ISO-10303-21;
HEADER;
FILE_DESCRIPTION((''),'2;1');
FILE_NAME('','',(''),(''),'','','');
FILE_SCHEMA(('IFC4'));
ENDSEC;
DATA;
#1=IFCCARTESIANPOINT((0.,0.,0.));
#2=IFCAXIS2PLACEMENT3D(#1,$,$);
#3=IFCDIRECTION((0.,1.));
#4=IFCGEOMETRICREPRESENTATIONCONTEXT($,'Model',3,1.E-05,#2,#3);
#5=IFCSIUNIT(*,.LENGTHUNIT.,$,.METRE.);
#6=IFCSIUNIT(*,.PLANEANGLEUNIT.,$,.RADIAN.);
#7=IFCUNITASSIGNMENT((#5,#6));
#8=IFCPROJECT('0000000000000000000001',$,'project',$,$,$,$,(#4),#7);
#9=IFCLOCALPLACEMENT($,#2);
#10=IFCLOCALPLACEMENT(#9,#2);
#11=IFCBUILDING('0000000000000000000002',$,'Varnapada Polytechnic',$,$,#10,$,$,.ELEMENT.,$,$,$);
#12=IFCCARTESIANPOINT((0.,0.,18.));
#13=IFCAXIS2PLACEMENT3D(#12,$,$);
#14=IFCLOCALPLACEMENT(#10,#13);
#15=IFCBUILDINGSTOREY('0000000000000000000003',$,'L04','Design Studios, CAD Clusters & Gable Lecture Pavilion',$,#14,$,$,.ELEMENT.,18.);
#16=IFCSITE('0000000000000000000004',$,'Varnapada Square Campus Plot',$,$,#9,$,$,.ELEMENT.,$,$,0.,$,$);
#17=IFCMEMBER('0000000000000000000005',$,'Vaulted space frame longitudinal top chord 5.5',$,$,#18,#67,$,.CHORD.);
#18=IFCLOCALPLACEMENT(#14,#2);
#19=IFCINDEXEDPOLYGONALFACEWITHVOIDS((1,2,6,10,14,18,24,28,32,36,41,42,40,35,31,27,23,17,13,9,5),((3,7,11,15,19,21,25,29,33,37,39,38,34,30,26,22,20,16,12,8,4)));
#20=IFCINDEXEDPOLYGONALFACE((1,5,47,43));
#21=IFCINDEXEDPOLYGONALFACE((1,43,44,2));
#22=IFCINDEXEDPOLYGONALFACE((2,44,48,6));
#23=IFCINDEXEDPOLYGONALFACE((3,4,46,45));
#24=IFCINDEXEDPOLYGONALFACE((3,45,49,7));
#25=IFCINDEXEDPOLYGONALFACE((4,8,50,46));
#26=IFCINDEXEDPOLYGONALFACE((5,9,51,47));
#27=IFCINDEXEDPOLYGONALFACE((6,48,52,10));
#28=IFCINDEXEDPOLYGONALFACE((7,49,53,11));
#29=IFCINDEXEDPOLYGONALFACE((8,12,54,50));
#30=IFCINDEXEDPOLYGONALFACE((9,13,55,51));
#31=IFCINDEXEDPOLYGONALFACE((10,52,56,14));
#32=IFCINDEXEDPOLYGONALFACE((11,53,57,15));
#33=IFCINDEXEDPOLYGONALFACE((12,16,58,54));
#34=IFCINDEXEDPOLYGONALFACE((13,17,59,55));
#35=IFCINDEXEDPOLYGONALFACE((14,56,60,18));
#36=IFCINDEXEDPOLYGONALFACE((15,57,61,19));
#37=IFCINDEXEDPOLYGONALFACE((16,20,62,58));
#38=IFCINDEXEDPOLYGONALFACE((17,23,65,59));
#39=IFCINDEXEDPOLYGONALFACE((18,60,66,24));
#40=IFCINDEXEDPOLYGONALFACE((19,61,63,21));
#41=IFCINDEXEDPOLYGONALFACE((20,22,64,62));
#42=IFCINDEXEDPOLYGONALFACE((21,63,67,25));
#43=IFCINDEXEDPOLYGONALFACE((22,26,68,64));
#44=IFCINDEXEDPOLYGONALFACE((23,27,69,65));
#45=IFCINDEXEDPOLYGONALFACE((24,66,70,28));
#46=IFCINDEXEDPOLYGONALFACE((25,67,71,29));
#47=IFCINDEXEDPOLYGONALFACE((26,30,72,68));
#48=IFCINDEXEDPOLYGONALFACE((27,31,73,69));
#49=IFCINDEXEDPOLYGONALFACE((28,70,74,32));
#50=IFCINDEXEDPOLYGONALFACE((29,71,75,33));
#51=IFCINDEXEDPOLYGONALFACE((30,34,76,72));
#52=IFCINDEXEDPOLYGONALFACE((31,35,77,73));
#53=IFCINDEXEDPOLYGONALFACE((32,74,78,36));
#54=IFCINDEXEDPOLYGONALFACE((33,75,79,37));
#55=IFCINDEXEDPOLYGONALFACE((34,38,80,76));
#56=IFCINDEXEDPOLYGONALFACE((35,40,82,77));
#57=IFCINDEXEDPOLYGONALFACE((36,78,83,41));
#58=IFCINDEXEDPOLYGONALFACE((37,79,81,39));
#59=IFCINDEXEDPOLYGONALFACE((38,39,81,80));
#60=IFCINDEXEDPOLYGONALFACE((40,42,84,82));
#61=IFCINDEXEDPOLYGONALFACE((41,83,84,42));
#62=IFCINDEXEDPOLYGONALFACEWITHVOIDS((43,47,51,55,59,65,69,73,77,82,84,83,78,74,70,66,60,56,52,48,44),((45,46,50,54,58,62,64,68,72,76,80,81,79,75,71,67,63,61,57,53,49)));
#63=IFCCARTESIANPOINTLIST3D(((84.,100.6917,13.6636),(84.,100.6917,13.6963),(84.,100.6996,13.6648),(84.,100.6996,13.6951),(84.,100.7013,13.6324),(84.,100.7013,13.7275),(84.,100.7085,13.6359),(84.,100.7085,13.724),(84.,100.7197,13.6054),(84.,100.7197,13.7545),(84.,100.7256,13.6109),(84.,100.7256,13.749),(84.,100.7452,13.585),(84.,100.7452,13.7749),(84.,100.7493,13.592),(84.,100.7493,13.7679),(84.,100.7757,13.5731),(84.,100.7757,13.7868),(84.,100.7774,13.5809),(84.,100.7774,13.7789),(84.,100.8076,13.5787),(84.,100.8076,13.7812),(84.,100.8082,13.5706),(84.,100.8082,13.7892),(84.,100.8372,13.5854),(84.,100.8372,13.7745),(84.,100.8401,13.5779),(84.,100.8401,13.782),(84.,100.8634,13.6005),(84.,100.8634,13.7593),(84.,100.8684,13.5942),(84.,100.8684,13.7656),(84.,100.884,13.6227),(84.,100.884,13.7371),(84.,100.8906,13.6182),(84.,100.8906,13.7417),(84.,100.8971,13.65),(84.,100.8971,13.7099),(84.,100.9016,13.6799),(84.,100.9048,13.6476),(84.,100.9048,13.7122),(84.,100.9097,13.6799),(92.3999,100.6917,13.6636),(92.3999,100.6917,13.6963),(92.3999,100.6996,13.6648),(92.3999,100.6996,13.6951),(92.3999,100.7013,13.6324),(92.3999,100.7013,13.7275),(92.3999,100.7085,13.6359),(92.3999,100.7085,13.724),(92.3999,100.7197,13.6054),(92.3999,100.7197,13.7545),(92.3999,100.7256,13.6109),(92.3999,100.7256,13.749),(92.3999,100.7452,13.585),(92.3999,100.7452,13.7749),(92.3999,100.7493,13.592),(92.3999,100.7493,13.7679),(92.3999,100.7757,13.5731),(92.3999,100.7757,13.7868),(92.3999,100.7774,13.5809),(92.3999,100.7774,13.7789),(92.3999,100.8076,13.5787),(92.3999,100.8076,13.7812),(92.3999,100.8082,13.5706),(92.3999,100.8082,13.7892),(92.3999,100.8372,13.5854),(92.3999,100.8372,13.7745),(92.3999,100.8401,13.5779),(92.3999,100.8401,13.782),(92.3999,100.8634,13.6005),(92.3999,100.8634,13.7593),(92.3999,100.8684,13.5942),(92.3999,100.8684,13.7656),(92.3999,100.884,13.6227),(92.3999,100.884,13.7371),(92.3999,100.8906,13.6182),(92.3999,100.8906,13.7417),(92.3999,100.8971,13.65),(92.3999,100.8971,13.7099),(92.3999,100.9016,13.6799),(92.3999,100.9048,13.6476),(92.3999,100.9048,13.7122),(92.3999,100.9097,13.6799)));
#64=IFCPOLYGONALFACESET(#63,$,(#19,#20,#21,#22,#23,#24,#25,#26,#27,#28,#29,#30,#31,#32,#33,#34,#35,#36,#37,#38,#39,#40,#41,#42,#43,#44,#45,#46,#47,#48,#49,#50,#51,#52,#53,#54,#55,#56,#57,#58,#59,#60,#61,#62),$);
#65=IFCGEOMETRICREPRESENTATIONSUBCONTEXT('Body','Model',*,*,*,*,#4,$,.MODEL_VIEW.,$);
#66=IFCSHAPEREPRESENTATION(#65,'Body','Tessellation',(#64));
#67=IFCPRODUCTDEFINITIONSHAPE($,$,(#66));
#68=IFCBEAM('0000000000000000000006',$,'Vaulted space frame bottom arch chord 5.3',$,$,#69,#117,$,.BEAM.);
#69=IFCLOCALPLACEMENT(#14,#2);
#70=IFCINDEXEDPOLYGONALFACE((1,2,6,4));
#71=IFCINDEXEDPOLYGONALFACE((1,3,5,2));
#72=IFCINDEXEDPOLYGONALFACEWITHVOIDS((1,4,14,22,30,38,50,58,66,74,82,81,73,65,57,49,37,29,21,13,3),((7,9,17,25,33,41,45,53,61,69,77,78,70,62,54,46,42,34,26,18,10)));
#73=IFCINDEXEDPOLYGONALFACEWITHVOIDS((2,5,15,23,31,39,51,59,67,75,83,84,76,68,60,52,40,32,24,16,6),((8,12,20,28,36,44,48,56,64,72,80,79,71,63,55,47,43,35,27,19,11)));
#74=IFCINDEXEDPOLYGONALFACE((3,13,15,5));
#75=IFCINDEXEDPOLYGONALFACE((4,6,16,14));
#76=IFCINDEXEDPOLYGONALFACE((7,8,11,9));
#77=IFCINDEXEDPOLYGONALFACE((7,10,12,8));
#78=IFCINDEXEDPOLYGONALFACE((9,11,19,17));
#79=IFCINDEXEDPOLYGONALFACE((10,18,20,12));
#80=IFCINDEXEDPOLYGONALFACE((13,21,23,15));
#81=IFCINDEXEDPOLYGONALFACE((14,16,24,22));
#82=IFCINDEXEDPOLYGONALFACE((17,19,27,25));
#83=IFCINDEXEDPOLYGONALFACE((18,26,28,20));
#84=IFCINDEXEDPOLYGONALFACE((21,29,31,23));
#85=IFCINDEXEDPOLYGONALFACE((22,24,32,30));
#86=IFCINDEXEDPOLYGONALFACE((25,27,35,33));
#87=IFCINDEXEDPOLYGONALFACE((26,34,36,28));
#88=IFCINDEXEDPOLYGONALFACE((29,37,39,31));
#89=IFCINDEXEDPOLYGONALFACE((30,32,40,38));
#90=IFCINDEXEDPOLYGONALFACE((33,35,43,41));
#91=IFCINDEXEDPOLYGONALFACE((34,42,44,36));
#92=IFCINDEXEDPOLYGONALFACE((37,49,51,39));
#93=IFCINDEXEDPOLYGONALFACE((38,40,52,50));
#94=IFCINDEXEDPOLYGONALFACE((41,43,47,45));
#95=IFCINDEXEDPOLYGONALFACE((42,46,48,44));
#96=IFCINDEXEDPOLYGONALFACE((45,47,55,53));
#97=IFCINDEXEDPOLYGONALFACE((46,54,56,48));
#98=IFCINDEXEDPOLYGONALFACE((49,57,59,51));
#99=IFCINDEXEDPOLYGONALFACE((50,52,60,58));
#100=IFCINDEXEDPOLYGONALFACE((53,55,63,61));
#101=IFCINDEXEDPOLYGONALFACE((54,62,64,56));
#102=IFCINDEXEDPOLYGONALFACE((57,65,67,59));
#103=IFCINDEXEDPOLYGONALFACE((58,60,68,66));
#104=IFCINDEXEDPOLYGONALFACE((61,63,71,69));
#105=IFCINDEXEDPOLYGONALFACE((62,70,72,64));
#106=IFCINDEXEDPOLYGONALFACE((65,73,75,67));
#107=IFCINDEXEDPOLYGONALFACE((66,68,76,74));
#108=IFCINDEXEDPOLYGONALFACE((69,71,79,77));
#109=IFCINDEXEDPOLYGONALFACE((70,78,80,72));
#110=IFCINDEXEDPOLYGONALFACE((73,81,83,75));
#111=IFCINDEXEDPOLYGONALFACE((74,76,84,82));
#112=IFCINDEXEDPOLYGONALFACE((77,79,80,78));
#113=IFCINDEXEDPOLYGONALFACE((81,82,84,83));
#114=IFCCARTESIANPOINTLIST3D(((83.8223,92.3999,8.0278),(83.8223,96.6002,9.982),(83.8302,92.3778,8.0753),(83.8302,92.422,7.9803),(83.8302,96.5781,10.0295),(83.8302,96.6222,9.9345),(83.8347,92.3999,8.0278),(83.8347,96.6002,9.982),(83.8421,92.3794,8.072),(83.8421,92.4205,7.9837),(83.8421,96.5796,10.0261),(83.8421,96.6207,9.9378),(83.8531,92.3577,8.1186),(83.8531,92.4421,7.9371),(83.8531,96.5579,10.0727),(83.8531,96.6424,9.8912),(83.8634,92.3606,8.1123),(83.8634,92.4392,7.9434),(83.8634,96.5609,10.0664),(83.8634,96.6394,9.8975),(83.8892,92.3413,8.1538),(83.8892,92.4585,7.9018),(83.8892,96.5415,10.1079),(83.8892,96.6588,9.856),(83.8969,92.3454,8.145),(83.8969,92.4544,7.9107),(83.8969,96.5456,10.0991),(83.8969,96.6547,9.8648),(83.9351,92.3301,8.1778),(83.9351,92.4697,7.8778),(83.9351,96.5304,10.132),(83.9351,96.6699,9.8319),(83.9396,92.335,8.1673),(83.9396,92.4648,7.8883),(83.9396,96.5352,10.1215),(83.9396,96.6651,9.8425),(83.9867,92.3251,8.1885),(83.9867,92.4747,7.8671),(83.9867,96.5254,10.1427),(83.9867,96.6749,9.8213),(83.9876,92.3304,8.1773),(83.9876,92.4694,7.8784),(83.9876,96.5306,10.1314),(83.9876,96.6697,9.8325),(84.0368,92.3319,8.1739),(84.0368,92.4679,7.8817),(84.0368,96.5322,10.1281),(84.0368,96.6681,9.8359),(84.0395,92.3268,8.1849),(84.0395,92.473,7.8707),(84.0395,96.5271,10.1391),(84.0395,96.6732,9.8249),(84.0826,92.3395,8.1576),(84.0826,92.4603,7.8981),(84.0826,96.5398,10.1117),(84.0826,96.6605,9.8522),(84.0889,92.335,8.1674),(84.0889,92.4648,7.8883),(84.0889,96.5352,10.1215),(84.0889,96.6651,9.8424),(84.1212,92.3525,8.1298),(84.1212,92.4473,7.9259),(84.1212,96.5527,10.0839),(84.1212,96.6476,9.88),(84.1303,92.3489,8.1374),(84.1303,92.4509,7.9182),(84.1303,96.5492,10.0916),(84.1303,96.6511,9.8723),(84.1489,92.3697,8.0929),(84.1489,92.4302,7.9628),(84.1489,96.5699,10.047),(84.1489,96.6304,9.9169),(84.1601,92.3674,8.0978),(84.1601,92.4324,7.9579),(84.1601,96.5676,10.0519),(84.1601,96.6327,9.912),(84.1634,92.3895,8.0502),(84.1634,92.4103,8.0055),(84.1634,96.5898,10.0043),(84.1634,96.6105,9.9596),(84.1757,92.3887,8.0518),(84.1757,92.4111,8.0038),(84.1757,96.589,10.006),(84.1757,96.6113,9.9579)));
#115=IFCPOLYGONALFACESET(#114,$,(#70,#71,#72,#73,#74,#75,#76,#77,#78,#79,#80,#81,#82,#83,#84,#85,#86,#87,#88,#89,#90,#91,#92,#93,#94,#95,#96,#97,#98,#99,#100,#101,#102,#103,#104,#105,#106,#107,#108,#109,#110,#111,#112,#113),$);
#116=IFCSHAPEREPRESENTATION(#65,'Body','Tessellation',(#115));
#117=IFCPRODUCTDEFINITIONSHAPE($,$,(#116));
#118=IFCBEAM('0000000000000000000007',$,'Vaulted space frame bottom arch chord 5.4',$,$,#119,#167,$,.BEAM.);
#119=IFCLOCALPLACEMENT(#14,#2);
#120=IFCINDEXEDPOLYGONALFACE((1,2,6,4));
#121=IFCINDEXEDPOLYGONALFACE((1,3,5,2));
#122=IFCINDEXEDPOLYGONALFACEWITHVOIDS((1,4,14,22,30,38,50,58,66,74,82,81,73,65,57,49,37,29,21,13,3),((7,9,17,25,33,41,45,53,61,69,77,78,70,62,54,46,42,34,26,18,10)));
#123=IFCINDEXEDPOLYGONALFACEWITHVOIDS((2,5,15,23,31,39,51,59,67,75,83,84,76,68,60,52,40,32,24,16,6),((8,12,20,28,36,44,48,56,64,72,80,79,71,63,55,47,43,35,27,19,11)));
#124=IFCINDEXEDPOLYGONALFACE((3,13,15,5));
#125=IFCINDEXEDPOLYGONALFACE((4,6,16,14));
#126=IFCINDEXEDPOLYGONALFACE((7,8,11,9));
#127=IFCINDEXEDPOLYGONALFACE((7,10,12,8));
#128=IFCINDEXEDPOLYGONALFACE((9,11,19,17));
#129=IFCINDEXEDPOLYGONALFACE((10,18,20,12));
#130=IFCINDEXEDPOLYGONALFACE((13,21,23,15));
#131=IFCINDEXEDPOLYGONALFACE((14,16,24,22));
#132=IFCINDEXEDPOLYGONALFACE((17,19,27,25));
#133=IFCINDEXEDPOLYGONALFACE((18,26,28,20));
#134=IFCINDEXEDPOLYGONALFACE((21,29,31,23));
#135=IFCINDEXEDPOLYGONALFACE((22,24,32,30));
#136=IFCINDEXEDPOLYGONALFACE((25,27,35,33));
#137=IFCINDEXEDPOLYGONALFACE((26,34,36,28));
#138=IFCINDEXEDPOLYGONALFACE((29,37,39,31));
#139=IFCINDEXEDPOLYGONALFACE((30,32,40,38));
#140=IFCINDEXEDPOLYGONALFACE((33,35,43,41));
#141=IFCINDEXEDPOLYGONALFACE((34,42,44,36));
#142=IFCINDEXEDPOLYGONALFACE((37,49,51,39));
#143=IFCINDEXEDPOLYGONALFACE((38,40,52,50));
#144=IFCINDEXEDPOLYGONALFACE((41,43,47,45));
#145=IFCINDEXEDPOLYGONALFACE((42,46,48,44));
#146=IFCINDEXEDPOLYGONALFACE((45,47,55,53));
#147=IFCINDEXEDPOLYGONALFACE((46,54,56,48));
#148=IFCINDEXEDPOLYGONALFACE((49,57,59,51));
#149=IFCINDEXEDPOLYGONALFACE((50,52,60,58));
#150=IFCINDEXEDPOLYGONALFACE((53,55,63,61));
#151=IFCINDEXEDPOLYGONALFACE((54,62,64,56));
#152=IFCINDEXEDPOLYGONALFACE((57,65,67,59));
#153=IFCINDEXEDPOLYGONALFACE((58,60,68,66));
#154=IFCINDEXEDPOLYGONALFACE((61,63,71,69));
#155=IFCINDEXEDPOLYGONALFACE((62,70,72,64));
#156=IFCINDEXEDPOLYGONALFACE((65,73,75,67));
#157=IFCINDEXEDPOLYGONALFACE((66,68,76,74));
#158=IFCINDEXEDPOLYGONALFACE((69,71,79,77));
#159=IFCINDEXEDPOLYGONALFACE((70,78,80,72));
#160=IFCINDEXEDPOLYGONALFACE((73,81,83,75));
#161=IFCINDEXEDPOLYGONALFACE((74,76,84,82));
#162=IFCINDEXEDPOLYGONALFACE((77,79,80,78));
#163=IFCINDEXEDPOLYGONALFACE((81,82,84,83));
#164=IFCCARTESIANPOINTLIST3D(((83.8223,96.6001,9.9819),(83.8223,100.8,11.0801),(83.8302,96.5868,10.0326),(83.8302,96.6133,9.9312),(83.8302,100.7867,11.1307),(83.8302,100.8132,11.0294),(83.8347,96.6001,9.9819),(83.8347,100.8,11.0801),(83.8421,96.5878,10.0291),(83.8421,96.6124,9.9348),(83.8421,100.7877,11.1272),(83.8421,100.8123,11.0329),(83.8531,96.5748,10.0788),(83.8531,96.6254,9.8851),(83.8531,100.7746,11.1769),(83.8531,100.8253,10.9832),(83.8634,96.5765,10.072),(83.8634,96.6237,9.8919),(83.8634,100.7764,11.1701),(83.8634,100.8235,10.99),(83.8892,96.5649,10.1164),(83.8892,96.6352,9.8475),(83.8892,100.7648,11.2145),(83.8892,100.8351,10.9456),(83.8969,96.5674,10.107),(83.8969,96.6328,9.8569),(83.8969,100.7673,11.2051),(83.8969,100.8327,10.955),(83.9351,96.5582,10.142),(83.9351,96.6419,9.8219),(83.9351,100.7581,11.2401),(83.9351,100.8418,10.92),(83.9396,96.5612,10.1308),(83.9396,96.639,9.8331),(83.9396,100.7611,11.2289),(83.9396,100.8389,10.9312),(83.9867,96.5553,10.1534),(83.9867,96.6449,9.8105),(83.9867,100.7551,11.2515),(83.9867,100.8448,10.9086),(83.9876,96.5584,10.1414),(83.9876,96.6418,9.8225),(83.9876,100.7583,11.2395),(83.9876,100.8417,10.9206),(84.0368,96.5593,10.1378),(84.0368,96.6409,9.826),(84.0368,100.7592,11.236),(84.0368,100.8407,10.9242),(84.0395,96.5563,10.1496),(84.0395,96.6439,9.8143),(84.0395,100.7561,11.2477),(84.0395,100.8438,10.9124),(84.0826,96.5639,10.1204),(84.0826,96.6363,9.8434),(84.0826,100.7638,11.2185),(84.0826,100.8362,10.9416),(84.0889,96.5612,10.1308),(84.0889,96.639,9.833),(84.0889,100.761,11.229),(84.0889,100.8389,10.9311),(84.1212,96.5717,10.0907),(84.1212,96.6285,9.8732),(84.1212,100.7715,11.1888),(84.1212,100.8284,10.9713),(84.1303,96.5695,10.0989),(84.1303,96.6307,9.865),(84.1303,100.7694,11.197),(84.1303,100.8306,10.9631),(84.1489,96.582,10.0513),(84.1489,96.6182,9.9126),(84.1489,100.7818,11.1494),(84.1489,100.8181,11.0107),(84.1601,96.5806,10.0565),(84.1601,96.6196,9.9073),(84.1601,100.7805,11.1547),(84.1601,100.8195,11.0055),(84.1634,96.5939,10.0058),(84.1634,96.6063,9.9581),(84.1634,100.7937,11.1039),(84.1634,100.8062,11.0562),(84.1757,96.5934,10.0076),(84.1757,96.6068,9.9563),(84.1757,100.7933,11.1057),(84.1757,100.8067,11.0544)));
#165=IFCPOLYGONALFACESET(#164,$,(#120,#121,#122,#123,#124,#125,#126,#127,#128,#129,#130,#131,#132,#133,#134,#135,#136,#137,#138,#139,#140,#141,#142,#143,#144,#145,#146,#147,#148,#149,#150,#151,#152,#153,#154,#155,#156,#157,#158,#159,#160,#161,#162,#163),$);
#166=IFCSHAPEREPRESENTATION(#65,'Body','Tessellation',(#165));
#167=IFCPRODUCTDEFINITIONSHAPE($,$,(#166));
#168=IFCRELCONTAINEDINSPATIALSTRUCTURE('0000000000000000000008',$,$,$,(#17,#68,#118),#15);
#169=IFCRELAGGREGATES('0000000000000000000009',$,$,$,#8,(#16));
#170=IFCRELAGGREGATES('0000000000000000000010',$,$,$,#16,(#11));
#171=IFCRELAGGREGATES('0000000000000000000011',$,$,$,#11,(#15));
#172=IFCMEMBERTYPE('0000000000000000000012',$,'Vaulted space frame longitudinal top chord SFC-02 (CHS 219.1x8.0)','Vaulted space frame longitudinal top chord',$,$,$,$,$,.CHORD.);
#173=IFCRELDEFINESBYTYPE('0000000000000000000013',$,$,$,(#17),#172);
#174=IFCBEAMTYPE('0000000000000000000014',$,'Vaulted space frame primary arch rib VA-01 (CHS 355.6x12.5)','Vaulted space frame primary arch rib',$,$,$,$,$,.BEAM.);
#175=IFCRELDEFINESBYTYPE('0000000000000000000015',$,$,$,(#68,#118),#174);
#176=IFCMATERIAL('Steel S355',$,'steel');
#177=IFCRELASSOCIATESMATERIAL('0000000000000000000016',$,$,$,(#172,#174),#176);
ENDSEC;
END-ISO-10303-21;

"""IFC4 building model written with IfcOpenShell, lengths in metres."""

from ifc_helpers import new_model, si_unit, direction, frame, origin, origin_2d, place, context, subcontext, project, spatial, hollow_circle, extrude, material, material_profile, profile_set, type_object, element, save


model = new_model("IFC4")

# Units and contexts
model_context = context("Model", 3, precision=1e-05, world=origin(), true_north=direction((0.0, 1.0)))
body_context = subcontext(model_context, "Body", "Model", "MODEL_VIEW")
ifc_project = project(units=[si_unit("LENGTHUNIT", "METRE"), si_unit("PLANEANGLEUNIT", "RADIAN")], contexts=[model_context])

# Site, building, storey
site_placement = place(None, origin())
site = spatial("IfcSite", under=ifc_project, at=site_placement, Name="Varnapada Square Campus Plot", CompositionType="ELEMENT", RefElevation=0.0)
building_placement = place(site_placement, origin())
building = spatial("IfcBuilding", under=site, at=building_placement, Name="Varnapada Polytechnic", CompositionType="ELEMENT")
storey_placement = place(building_placement, frame((0.0, 0.0, 18.0)))
storey = spatial("IfcBuildingStorey", under=building, at=storey_placement, Name="L04", Description="Design Studios, CAD Clusters & Gable Lecture Pavilion", CompositionType="ELEMENT", Elevation=18.0)

# Member
ifc_material = material(Name="Steel S355", Category="steel")
ifc_material_profile_1 = material_profile(ifc_material, hollow_circle(Radius=0.1096, WallThickness=0.0081, at=origin_2d()), Name="CHS 219.1x8.0")
ifc_profile_set_1 = profile_set([ifc_material_profile_1], Name="Steel S355")
member_type_1 = type_object("IfcMemberType", Name="Vaulted space frame longitudinal top chord SFC-02 (CHS 219.1x8.0)", Description="Vaulted space frame longitudinal top chord", PredefinedType="CHORD", material=ifc_profile_set_1)
for number, where, z_axis, x_axis, name in (
    (1, (84.0, 100.8, 13.6799), (1.0, 0.0, 0.0), (0.0, 1.0, 0.0), "Vaulted space frame longitudinal top chord 5.5"),
):
    element("IfcMember", number, at=place(storey_placement, frame(where, z_axis=z_axis, x_axis=x_axis)), inside=storey, type_object=member_type_1, Name=name, PredefinedType="CHORD", context=body_context, shape_type="SweptSolid", body=[
        extrude(hollow_circle(Radius=0.1096, WallThickness=0.0081, at=origin_2d()), origin(), (0.0, 0.0, 1.0), 8.3999),
    ])

# Beams
ifc_material_profile_2 = material_profile(ifc_material, hollow_circle(Radius=0.1777, WallThickness=0.0125, at=origin_2d()), Name="CHS 355.6x12.5")
ifc_profile_set_2 = profile_set([ifc_material_profile_2], Name="Steel S355")
beam_type_1 = type_object("IfcBeamType", Name="Vaulted space frame primary arch rib VA-01 (CHS 355.6x12.5)", Description="Vaulted space frame primary arch rib", PredefinedType="BEAM", material=ifc_profile_set_2)
beam_1_placement = place(storey_placement, frame((84.0, 92.3999, 8.0278), z_axis=(0.0, 0.906678, 0.421823), x_axis=(-1.0, 0.0, 0.0)))
element("IfcBeam", 2, at=beam_1_placement, inside=storey, type_object=beam_type_1, Name="Vaulted space frame bottom arch chord 5.3", PredefinedType="BEAM", context=body_context, shape_type="SweptSolid", body=[
    extrude(hollow_circle(Radius=0.1777, WallThickness=0.0125, at=origin_2d()), origin(), (0.0, 0.0, 1.0), 4.6326),
])
beam_2_placement = place(storey_placement, frame((84.0, 96.6001, 9.9819), z_axis=(0.0, 0.967476, 0.252962), x_axis=(-1.0, 0.0, 0.0)))
element("IfcBeam", 3, at=beam_2_placement, inside=storey, type_object=beam_type_1, Name="Vaulted space frame bottom arch chord 5.4", PredefinedType="BEAM", context=body_context, shape_type="SweptSolid", body=[
    extrude(hollow_circle(Radius=0.1777, WallThickness=0.0125, at=origin_2d()), origin(), (0.0, 0.0, 1.0), 4.3411),
])

save(model, "model.ifc")
